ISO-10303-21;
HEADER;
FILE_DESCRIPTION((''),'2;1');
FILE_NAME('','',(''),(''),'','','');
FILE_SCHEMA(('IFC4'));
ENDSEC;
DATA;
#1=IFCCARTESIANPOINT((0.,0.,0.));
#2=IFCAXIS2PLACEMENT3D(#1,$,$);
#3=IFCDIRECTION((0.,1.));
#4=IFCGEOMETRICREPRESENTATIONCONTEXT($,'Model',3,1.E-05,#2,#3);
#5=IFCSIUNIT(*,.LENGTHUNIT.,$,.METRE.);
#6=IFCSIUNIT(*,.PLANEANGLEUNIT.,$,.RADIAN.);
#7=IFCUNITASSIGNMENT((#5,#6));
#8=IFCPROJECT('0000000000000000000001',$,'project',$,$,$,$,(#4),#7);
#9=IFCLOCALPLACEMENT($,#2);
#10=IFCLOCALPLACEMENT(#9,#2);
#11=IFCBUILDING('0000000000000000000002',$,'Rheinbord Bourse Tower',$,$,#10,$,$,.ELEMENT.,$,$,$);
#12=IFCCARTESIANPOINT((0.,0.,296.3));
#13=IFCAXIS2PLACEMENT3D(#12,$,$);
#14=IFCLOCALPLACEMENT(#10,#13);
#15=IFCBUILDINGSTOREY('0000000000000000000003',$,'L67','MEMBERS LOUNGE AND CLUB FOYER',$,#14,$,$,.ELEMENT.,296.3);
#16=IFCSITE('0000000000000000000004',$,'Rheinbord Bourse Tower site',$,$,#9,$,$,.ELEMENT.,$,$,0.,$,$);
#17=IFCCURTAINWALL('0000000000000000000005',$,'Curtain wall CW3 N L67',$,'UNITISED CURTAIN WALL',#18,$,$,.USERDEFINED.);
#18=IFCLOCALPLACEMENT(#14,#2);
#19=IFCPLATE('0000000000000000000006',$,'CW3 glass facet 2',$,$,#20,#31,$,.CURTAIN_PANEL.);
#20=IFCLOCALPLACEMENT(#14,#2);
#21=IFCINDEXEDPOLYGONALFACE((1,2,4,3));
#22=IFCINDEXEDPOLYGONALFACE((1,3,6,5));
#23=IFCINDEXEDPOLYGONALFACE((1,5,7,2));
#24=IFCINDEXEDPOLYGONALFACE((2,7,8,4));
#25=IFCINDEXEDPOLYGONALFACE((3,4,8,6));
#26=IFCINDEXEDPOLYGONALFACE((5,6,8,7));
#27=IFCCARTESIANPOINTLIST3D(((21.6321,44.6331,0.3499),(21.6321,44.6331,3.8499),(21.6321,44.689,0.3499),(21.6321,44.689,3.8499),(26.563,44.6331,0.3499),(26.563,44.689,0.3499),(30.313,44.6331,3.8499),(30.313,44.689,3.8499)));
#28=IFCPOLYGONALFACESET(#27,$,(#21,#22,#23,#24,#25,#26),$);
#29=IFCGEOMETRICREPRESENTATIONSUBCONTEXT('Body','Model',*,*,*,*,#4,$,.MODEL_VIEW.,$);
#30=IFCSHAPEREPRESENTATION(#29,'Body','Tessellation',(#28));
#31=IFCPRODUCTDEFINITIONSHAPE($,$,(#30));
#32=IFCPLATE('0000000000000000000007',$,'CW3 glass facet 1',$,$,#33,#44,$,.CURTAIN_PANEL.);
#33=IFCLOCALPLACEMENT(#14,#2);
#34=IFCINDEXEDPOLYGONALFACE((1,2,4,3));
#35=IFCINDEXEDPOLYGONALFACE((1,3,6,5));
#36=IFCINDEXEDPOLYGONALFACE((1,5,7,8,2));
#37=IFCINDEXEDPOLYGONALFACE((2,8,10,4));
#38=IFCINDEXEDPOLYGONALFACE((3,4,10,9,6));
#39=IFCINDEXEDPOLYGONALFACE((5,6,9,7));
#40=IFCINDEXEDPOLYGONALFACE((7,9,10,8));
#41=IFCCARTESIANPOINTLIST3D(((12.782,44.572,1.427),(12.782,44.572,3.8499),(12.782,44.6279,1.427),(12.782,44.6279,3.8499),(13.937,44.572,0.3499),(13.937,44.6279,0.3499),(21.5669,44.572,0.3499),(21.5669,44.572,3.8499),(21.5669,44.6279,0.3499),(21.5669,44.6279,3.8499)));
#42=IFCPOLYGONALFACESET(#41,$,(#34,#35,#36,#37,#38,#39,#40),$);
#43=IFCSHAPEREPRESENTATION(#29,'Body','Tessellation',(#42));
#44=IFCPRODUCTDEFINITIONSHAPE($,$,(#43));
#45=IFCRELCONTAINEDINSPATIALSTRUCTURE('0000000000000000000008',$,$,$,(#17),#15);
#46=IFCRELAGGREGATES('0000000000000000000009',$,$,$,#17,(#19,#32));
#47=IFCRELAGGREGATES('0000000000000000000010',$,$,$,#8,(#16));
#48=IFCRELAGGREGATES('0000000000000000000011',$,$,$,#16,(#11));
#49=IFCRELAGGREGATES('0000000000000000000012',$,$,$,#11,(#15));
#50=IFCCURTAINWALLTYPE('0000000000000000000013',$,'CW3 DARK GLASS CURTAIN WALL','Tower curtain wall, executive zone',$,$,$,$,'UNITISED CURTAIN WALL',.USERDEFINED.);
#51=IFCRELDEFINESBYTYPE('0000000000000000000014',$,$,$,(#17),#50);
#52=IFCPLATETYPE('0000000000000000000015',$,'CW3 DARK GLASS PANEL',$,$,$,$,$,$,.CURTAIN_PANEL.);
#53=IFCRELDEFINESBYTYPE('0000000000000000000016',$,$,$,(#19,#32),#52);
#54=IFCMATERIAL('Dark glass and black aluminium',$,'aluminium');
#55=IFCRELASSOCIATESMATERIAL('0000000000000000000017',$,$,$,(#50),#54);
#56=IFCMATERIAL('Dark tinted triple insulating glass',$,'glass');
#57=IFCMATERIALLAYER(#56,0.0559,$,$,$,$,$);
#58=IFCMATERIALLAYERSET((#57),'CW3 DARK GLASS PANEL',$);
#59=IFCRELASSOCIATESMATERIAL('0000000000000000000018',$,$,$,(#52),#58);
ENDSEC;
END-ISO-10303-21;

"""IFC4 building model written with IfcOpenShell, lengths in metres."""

from ifc_helpers import new_model, si_unit, direction, frame, origin, place, context, subcontext, project, spatial, polyline, outline, extrude, material, layer, layer_set, type_object, element, aggregate, save


model = new_model("IFC4")

# Units and contexts
model_context = context("Model", 3, precision=1e-05, world=origin(), true_north=direction((0.0, 1.0)))
body_context = subcontext(model_context, "Body", "Model", "MODEL_VIEW")
ifc_project = project(units=[si_unit("LENGTHUNIT", "METRE"), si_unit("PLANEANGLEUNIT", "RADIAN")], contexts=[model_context])

# Site, building, storey
site_placement = place(None, origin())
site = spatial("IfcSite", under=ifc_project, at=site_placement, Name="Rheinbord Bourse Tower site", CompositionType="ELEMENT", RefElevation=0.0)
building_placement = place(site_placement, origin())
building = spatial("IfcBuilding", under=site, at=building_placement, Name="Rheinbord Bourse Tower", CompositionType="ELEMENT")
storey_placement = place(building_placement, frame((0.0, 0.0, 296.3)))
storey = spatial("IfcBuildingStorey", under=building, at=storey_placement, Name="L67", Description="MEMBERS LOUNGE AND CLUB FOYER", CompositionType="ELEMENT", Elevation=296.3)

# Curtain wall
ifc_material_1 = material(Name="Dark glass and black aluminium", Category="aluminium")
curtain_wall_type = type_object("IfcCurtainWallType", Name="CW3 DARK GLASS CURTAIN WALL", Description="Tower curtain wall, executive zone", ElementType="UNITISED CURTAIN WALL", PredefinedType="USERDEFINED", material=ifc_material_1)
curtain_wall_placement = place(storey_placement, origin())
curtain_wall = element("IfcCurtainWall", 1, at=curtain_wall_placement, inside=storey, type_object=curtain_wall_type, Name="Curtain wall CW3 N L67", ObjectType="UNITISED CURTAIN WALL", PredefinedType="USERDEFINED")

# Plates
ifc_material_2 = material(Name="Dark tinted triple insulating glass", Category="glass")
ifc_layer = layer(ifc_material_2, 0.0559)
ifc_layer_set = layer_set([ifc_layer], Name="CW3 DARK GLASS PANEL")
plate_type = type_object("IfcPlateType", Name="CW3 DARK GLASS PANEL", PredefinedType="CURTAIN_PANEL", material=ifc_layer_set)
plate_1_placement = place(storey_placement, frame((21.6321, 44.689, 3.8499), z_axis=(0.0, -1.0, 0.0), x_axis=(0.0, 0.0, -1.0)))
plate_1 = element("IfcPlate", 2, at=plate_1_placement, type_object=plate_type, Name="CW3 glass facet 2", PredefinedType="CURTAIN_PANEL", context=body_context, shape_type="SweptSolid", body=[
    extrude(outline(polyline([(0.0, 0.0), (3.5, 0.0), (3.5, 4.9309), (0.0, 8.6809), (0.0, 0.0)])), origin(), (0.0, 0.0, 1.0), 0.0559),
])
plate_2_placement = place(storey_placement, frame((21.5669, 44.6279, 0.3499), z_axis=(0.0, -1.0, 0.0), x_axis=(0.0, 0.0, 1.0)))
plate_2 = element("IfcPlate", 3, at=plate_2_placement, type_object=plate_type, Name="CW3 glass facet 1", PredefinedType="CURTAIN_PANEL", context=body_context, shape_type="SweptSolid", body=[
    extrude(outline(polyline([(0.0, 0.0), (3.5, 0.0), (3.5, 8.7849), (1.0771, 8.7849), (0.0, 7.6299), (0.0, 0.0)])), origin(), (0.0, 0.0, 1.0), 0.0559),
])
aggregate(curtain_wall, [plate_1, plate_2])

save(model, "model.ifc")
